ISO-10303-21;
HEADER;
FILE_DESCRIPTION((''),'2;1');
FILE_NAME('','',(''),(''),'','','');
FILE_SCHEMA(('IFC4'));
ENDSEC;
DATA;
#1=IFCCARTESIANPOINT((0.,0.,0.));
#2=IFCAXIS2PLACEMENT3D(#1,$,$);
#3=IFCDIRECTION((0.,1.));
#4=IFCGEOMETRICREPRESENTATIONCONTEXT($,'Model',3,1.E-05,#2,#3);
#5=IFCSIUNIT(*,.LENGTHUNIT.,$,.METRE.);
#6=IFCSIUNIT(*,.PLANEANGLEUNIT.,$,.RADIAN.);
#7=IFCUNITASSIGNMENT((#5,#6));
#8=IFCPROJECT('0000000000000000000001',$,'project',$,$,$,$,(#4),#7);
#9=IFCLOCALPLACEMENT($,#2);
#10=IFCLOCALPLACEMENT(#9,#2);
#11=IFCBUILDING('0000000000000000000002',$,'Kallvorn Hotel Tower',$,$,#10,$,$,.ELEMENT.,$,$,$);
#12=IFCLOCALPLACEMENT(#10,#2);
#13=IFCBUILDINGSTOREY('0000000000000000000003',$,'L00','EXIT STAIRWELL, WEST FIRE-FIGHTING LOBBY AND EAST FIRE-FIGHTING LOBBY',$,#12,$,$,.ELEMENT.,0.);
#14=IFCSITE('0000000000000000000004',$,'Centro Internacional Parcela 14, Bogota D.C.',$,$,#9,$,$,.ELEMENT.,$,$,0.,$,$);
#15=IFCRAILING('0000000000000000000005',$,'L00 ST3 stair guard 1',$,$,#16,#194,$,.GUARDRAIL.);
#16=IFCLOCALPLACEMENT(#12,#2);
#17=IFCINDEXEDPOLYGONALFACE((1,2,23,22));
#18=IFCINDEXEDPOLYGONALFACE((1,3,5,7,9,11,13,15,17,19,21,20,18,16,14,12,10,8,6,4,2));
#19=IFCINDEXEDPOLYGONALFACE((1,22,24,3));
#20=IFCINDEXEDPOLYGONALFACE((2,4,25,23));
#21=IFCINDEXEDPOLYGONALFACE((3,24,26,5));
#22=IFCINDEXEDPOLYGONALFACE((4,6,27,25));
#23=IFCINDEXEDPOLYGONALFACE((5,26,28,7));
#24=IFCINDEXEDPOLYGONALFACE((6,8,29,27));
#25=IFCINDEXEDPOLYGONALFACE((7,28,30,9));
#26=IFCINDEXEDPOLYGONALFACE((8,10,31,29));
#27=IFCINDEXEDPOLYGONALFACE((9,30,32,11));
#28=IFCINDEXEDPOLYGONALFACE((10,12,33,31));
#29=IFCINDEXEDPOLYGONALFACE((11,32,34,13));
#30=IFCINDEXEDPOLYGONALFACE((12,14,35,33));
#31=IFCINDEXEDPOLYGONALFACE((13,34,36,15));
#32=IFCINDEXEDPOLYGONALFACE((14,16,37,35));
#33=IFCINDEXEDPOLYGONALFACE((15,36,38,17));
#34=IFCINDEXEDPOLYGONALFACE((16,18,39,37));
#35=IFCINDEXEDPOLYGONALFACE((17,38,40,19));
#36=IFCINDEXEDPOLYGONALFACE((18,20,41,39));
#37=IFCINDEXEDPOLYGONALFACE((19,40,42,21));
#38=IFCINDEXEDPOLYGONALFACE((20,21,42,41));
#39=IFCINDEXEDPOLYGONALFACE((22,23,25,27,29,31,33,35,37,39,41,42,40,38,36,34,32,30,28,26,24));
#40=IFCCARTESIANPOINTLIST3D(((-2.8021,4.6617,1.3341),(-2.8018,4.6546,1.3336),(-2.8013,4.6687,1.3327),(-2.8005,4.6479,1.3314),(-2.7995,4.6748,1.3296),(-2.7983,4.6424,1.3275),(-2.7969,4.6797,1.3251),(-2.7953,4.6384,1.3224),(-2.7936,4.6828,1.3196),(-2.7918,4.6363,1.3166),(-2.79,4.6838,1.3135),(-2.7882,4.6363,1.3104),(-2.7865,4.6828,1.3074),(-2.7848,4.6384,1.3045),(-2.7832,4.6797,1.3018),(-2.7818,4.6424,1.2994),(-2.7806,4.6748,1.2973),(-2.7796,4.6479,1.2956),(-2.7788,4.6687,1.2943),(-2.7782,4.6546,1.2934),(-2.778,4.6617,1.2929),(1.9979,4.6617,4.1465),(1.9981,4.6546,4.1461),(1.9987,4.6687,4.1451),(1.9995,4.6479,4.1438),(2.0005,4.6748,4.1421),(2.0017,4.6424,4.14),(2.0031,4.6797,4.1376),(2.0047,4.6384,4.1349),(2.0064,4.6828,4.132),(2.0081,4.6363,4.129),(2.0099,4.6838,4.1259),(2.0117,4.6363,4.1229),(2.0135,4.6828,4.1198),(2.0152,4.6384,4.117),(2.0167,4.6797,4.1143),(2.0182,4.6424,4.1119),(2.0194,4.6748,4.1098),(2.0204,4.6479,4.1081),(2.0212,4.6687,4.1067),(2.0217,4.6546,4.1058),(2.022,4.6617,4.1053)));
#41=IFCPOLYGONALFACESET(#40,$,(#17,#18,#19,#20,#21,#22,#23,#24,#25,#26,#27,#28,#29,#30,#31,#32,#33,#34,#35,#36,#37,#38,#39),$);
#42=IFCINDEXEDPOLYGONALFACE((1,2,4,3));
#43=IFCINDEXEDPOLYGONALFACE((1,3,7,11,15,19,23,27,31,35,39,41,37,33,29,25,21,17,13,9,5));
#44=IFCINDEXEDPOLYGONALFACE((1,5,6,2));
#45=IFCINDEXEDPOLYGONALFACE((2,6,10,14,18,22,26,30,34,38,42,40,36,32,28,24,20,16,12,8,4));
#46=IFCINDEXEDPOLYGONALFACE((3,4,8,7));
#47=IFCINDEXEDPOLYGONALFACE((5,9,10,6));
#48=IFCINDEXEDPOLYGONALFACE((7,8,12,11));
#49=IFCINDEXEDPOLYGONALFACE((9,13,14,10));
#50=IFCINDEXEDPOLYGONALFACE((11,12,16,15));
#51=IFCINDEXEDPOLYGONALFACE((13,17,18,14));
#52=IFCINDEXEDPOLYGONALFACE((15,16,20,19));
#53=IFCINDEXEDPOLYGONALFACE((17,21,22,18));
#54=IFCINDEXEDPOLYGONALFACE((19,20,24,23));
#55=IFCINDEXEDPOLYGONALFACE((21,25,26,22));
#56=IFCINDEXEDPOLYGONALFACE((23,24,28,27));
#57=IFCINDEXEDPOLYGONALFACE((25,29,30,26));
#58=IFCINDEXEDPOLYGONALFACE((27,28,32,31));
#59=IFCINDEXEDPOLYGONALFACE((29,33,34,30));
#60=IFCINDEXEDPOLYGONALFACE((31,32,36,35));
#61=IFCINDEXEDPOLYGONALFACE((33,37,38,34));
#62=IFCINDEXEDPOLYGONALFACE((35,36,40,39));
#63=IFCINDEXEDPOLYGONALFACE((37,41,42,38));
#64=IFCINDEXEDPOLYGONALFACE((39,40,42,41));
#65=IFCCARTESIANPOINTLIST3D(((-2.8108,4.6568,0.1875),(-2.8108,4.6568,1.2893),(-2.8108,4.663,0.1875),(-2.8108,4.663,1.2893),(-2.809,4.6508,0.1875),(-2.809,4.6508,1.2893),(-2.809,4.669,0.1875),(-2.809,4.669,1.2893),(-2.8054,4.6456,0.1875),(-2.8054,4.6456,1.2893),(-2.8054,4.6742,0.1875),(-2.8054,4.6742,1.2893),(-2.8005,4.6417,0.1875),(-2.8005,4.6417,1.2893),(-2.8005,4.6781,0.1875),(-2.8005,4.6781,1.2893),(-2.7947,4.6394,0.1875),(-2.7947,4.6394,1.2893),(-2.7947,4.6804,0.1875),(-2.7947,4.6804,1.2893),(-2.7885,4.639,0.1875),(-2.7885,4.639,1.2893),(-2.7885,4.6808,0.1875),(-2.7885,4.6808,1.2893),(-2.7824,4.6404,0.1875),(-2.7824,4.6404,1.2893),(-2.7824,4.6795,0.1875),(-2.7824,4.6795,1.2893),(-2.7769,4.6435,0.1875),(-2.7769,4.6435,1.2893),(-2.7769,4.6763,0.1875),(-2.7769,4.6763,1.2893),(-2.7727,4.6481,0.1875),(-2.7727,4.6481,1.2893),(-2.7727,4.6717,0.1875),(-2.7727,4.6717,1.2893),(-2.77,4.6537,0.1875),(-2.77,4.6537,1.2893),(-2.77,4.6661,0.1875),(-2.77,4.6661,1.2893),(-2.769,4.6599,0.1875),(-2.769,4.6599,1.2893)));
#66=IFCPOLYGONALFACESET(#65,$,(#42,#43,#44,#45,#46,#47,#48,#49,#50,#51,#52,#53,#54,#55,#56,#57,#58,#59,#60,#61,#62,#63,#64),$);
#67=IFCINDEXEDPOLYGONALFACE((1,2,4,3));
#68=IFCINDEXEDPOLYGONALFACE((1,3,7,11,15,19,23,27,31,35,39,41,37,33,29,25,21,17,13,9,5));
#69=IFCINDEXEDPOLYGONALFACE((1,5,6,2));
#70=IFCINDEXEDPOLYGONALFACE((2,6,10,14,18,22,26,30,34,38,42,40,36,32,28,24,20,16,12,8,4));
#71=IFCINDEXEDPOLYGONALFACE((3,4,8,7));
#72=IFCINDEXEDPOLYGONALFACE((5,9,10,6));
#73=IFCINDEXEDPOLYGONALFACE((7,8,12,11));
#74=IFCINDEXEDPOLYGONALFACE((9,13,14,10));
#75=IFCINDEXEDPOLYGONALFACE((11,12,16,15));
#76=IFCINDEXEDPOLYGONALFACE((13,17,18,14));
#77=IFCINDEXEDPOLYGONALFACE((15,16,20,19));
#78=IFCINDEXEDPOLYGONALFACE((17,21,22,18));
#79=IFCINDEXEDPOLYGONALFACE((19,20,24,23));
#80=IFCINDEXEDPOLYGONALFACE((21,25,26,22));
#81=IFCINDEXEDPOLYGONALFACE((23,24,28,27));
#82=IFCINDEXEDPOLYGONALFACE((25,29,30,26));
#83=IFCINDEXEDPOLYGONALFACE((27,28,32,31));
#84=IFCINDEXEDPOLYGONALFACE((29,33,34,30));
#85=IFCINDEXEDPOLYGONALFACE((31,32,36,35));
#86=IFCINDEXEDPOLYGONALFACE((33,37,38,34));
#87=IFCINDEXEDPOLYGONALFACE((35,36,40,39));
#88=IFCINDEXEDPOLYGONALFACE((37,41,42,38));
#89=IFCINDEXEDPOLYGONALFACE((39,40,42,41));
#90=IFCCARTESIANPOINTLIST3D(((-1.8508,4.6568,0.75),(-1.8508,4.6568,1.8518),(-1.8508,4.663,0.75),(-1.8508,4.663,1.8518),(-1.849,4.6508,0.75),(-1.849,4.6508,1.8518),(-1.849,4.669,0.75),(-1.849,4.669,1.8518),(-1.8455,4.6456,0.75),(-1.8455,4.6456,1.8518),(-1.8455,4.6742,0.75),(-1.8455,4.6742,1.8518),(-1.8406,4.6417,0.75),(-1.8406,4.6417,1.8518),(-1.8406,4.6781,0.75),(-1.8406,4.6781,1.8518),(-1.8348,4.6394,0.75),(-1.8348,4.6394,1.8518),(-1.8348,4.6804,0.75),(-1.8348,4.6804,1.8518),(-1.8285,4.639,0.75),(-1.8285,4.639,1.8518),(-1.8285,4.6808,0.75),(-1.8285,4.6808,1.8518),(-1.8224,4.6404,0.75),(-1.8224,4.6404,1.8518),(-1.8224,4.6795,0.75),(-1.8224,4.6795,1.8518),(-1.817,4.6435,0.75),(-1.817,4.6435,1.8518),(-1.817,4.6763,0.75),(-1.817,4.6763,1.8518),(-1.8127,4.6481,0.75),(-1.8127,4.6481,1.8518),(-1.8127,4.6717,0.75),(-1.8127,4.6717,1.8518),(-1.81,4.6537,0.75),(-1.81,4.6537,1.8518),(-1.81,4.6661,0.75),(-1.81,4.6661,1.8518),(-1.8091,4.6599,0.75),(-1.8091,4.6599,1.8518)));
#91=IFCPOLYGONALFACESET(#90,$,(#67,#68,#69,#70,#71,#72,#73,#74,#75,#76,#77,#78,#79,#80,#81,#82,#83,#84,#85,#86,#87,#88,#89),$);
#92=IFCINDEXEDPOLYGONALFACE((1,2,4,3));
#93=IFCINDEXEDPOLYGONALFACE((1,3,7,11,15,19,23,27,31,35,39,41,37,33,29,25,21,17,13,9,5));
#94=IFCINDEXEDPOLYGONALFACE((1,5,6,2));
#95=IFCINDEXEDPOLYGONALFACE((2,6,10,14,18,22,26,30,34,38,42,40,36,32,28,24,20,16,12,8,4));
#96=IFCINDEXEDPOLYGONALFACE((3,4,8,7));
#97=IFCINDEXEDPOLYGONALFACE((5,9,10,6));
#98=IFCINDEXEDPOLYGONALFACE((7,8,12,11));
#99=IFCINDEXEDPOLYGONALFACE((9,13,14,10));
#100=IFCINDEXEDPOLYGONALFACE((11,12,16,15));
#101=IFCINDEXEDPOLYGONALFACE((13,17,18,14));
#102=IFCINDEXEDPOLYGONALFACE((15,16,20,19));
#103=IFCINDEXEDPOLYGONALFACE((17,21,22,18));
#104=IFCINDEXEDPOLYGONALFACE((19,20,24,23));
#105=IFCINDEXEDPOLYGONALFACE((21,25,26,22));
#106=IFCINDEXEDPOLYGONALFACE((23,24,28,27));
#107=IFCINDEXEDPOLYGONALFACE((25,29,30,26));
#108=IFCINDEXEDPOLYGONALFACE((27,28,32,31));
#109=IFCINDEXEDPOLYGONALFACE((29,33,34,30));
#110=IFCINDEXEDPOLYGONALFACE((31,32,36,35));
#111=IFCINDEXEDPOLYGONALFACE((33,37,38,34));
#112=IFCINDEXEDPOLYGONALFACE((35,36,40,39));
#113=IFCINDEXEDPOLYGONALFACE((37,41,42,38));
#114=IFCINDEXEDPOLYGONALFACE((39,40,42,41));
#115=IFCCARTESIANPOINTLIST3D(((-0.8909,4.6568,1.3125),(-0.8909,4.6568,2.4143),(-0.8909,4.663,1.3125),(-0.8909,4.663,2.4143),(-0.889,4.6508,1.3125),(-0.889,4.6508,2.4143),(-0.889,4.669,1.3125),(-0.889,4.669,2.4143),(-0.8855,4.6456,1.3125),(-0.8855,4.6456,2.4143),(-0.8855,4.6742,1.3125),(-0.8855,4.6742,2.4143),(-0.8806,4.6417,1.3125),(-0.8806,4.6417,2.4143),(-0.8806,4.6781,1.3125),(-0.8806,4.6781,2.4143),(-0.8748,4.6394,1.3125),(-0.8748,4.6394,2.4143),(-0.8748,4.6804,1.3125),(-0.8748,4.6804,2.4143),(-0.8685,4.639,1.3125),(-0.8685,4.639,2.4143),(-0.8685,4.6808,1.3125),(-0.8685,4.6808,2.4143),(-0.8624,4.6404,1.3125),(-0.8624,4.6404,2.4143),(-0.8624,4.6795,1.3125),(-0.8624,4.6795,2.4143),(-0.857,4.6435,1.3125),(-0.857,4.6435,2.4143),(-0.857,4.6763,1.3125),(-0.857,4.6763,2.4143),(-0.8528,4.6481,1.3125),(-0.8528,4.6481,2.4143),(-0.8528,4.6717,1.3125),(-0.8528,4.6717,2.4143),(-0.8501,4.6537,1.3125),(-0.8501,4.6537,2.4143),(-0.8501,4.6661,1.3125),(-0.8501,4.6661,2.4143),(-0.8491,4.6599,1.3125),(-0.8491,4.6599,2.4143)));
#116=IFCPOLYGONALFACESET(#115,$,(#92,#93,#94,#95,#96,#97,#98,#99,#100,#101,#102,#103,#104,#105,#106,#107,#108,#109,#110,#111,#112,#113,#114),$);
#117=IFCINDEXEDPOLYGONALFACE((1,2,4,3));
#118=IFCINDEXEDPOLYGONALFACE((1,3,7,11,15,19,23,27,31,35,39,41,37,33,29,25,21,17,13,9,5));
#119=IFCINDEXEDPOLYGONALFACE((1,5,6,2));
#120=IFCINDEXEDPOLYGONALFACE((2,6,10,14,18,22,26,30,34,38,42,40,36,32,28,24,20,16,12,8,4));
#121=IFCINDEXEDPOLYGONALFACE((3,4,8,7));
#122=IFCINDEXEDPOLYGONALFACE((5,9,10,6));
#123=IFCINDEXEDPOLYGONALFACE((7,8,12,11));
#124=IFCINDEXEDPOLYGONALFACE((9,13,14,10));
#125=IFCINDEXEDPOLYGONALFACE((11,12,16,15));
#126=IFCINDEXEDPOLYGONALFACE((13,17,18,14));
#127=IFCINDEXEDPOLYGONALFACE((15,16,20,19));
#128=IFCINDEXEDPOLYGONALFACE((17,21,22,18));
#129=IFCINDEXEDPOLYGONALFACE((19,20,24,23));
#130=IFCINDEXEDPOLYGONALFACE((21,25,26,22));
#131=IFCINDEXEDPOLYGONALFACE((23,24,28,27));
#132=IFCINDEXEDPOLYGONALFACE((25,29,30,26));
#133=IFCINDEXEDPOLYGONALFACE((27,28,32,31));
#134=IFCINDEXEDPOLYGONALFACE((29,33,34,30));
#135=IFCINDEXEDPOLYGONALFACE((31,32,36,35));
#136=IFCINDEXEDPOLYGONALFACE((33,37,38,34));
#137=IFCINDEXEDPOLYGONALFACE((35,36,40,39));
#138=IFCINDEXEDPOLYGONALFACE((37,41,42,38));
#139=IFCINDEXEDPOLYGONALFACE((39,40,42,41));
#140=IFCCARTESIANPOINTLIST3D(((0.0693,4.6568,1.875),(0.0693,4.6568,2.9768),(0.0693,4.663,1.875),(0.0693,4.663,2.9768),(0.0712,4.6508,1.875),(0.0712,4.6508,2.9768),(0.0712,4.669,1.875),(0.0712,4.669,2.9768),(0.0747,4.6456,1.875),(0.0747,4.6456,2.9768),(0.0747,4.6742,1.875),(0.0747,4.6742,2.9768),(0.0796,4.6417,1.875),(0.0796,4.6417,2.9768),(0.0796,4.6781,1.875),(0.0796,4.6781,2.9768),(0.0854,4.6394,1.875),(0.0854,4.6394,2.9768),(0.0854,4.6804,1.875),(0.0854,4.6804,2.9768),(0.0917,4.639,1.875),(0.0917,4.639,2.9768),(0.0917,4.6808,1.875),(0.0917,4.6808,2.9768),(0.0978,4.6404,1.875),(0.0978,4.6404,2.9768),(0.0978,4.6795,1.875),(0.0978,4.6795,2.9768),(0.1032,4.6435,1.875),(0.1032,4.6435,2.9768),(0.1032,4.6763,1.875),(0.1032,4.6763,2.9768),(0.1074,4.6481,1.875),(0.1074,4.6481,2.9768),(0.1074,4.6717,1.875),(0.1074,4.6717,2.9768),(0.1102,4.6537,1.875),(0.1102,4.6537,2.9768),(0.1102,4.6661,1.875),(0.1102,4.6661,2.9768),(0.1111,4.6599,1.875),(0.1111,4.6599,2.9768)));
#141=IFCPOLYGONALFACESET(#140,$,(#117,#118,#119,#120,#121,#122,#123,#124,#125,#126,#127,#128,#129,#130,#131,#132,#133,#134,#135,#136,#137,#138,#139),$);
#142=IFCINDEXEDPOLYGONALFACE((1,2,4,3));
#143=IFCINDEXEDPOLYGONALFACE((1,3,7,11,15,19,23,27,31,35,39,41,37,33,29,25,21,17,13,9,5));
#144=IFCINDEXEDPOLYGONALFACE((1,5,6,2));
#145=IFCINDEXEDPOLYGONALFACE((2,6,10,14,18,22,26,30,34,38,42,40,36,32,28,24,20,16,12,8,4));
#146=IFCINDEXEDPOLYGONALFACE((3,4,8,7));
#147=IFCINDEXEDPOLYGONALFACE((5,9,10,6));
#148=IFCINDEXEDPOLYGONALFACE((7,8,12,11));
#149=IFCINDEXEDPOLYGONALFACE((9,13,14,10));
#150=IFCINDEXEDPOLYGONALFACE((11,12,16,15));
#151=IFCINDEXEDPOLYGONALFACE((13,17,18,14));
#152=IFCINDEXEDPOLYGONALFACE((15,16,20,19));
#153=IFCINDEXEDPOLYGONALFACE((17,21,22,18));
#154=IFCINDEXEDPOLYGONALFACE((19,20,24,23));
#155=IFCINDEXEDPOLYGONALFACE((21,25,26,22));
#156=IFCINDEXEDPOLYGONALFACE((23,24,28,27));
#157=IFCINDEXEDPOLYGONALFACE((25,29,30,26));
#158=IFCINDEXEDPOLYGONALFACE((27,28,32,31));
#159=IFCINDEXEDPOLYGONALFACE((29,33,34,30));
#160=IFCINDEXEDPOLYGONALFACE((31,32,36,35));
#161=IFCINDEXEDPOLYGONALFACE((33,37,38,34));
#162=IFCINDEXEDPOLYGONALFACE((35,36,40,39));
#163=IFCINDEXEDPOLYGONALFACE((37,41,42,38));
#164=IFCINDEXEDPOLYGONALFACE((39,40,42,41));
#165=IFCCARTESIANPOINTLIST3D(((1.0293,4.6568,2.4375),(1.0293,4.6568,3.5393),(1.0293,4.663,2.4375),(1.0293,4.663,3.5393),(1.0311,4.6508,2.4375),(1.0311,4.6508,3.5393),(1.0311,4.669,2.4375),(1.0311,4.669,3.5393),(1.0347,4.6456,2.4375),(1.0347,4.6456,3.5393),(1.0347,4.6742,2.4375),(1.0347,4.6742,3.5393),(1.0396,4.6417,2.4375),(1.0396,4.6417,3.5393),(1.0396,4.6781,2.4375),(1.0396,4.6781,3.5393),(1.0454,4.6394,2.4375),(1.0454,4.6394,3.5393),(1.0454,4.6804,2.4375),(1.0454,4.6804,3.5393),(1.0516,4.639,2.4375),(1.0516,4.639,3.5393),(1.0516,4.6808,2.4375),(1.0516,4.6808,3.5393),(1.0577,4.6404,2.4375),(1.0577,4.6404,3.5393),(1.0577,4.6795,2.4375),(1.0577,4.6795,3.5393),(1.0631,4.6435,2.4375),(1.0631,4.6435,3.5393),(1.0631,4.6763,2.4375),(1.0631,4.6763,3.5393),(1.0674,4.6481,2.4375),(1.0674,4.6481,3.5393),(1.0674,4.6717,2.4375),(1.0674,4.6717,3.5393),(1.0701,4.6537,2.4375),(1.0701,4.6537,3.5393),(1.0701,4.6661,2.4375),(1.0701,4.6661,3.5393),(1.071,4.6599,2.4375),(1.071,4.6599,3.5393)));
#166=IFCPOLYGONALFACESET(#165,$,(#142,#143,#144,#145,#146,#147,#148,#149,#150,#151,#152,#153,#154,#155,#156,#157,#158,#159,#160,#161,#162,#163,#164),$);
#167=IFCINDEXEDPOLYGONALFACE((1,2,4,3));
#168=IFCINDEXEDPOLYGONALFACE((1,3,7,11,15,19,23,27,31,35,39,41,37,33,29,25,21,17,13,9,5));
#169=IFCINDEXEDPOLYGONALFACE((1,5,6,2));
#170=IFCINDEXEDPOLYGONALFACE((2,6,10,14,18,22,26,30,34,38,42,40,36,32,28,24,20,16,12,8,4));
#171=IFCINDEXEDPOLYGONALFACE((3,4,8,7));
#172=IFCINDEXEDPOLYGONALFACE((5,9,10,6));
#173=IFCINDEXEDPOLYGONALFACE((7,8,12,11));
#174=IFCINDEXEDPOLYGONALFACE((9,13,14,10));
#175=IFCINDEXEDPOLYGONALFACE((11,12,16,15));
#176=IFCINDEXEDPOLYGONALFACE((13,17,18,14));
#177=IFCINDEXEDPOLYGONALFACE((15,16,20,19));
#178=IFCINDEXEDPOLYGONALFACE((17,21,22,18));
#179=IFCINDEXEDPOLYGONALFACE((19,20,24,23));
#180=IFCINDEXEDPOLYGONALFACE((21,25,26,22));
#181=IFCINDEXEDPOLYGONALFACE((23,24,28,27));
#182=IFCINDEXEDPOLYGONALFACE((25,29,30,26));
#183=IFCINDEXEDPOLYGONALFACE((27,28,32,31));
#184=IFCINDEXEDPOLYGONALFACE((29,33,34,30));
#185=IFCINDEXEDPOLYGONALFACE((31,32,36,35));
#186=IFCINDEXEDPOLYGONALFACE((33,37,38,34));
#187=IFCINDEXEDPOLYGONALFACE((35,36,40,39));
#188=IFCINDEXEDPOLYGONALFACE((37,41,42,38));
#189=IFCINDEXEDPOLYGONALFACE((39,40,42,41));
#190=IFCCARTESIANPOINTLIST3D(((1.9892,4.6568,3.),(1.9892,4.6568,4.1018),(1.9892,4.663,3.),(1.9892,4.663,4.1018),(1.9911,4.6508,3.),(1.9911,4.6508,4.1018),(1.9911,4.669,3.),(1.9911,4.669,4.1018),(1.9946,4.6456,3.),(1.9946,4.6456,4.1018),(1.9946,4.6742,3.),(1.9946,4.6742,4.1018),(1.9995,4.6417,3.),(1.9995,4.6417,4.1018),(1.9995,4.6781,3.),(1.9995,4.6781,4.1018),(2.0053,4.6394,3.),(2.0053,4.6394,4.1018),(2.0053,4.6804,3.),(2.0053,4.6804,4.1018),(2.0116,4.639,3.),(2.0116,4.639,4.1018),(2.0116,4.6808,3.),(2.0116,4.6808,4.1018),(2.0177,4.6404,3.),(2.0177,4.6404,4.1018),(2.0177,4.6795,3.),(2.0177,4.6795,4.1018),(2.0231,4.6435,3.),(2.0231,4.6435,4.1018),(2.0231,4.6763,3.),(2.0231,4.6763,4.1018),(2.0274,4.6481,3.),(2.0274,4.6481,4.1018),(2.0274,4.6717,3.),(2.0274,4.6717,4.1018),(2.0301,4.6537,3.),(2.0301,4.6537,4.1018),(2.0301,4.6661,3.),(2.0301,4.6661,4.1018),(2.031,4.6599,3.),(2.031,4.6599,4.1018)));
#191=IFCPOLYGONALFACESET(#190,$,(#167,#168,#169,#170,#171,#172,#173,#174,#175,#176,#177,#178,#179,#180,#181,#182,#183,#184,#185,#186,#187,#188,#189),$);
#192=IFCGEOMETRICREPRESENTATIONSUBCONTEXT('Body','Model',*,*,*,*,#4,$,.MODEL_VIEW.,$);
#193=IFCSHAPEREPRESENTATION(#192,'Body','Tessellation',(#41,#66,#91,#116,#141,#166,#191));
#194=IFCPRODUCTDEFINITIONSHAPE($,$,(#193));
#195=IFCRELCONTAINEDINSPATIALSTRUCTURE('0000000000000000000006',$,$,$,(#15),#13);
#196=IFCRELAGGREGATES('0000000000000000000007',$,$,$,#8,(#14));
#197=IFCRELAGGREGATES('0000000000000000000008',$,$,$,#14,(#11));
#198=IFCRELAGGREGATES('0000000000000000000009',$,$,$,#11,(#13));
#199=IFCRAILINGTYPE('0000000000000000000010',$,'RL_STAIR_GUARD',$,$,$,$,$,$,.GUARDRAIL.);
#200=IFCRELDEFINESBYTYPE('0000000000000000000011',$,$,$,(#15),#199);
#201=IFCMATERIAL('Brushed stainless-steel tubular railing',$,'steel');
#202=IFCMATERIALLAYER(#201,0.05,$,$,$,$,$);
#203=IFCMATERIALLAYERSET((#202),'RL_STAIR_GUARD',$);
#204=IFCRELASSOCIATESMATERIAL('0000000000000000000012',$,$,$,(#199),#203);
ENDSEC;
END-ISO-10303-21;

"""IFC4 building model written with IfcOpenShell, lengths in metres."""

from ifc_helpers import new_model, si_unit, direction, frame, origin, origin_2d, place, context, subcontext, project, spatial, circle, extrude, material, layer, layer_set, type_object, element, save


model = new_model("IFC4")

# Units and contexts
model_context = context("Model", 3, precision=1e-05, world=origin(), true_north=direction((0.0, 1.0)))
body_context = subcontext(model_context, "Body", "Model", "MODEL_VIEW")
ifc_project = project(units=[si_unit("LENGTHUNIT", "METRE"), si_unit("PLANEANGLEUNIT", "RADIAN")], contexts=[model_context])

# Site, building, storey
site_placement = place(None, origin())
site = spatial("IfcSite", under=ifc_project, at=site_placement, Name="Centro Internacional Parcela 14, Bogota D.C.", CompositionType="ELEMENT", RefElevation=0.0)
building_placement = place(site_placement, origin())
building = spatial("IfcBuilding", under=site, at=building_placement, Name="Kallvorn Hotel Tower", CompositionType="ELEMENT")
storey_placement = place(building_placement, origin())
storey = spatial("IfcBuildingStorey", under=building, at=storey_placement, Name="L00", Description="EXIT STAIRWELL, WEST FIRE-FIGHTING LOBBY AND EAST FIRE-FIGHTING LOBBY", CompositionType="ELEMENT", Elevation=0.0)

# Railing
ifc_material_1 = material(Name="Brushed stainless-steel tubular railing", Category="steel")
ifc_layer_1 = layer(ifc_material_1, 0.05)
ifc_layer_set_1 = layer_set([ifc_layer_1], Name="RL_STAIR_GUARD")
railing_type_1 = type_object("IfcRailingType", Name="RL_STAIR_GUARD", PredefinedType="GUARDRAIL", material=ifc_layer_set_1)
railing_1_placement = place(storey_placement, frame((-2.79, 4.6599, 0.1875)))
element("IfcRailing", 1, at=railing_1_placement, inside=storey, type_object=railing_type_1, Name="L00 ST3 stair guard 1", PredefinedType="GUARDRAIL", context=body_context, shape_type="SweptSolid", body=[
    extrude(circle(Radius=0.0239, at=origin_2d()), frame((0.0, 0.0, 1.126), z_axis=(0.862802, 0.0, 0.505543), x_axis=(0.0, 1.0, 0.0)), (0.0, 0.0, 1.0), 5.5632),
    extrude(circle(Radius=0.021, at=origin_2d()), origin(), (0.0, 0.0, 1.0), 1.1018),
    extrude(circle(Radius=0.021, at=origin_2d()), frame((0.96, 0.0, 0.5625)), (0.0, 0.0, 1.0), 1.1018),
    extrude(circle(Radius=0.021, at=origin_2d()), frame((1.9199, 0.0, 1.125)), (0.0, 0.0, 1.0), 1.1018),
    extrude(circle(Radius=0.021, at=origin_2d()), frame((2.8801, 0.0, 1.6875)), (0.0, 0.0, 1.0), 1.1018),
    extrude(circle(Radius=0.021, at=origin_2d()), frame((3.8401, 0.0, 2.25)), (0.0, 0.0, 1.0), 1.1018),
    extrude(circle(Radius=0.021, at=origin_2d()), frame((4.8, 0.0, 2.8125)), (0.0, 0.0, 1.0), 1.1018),
])

save(model, "model.ifc")
